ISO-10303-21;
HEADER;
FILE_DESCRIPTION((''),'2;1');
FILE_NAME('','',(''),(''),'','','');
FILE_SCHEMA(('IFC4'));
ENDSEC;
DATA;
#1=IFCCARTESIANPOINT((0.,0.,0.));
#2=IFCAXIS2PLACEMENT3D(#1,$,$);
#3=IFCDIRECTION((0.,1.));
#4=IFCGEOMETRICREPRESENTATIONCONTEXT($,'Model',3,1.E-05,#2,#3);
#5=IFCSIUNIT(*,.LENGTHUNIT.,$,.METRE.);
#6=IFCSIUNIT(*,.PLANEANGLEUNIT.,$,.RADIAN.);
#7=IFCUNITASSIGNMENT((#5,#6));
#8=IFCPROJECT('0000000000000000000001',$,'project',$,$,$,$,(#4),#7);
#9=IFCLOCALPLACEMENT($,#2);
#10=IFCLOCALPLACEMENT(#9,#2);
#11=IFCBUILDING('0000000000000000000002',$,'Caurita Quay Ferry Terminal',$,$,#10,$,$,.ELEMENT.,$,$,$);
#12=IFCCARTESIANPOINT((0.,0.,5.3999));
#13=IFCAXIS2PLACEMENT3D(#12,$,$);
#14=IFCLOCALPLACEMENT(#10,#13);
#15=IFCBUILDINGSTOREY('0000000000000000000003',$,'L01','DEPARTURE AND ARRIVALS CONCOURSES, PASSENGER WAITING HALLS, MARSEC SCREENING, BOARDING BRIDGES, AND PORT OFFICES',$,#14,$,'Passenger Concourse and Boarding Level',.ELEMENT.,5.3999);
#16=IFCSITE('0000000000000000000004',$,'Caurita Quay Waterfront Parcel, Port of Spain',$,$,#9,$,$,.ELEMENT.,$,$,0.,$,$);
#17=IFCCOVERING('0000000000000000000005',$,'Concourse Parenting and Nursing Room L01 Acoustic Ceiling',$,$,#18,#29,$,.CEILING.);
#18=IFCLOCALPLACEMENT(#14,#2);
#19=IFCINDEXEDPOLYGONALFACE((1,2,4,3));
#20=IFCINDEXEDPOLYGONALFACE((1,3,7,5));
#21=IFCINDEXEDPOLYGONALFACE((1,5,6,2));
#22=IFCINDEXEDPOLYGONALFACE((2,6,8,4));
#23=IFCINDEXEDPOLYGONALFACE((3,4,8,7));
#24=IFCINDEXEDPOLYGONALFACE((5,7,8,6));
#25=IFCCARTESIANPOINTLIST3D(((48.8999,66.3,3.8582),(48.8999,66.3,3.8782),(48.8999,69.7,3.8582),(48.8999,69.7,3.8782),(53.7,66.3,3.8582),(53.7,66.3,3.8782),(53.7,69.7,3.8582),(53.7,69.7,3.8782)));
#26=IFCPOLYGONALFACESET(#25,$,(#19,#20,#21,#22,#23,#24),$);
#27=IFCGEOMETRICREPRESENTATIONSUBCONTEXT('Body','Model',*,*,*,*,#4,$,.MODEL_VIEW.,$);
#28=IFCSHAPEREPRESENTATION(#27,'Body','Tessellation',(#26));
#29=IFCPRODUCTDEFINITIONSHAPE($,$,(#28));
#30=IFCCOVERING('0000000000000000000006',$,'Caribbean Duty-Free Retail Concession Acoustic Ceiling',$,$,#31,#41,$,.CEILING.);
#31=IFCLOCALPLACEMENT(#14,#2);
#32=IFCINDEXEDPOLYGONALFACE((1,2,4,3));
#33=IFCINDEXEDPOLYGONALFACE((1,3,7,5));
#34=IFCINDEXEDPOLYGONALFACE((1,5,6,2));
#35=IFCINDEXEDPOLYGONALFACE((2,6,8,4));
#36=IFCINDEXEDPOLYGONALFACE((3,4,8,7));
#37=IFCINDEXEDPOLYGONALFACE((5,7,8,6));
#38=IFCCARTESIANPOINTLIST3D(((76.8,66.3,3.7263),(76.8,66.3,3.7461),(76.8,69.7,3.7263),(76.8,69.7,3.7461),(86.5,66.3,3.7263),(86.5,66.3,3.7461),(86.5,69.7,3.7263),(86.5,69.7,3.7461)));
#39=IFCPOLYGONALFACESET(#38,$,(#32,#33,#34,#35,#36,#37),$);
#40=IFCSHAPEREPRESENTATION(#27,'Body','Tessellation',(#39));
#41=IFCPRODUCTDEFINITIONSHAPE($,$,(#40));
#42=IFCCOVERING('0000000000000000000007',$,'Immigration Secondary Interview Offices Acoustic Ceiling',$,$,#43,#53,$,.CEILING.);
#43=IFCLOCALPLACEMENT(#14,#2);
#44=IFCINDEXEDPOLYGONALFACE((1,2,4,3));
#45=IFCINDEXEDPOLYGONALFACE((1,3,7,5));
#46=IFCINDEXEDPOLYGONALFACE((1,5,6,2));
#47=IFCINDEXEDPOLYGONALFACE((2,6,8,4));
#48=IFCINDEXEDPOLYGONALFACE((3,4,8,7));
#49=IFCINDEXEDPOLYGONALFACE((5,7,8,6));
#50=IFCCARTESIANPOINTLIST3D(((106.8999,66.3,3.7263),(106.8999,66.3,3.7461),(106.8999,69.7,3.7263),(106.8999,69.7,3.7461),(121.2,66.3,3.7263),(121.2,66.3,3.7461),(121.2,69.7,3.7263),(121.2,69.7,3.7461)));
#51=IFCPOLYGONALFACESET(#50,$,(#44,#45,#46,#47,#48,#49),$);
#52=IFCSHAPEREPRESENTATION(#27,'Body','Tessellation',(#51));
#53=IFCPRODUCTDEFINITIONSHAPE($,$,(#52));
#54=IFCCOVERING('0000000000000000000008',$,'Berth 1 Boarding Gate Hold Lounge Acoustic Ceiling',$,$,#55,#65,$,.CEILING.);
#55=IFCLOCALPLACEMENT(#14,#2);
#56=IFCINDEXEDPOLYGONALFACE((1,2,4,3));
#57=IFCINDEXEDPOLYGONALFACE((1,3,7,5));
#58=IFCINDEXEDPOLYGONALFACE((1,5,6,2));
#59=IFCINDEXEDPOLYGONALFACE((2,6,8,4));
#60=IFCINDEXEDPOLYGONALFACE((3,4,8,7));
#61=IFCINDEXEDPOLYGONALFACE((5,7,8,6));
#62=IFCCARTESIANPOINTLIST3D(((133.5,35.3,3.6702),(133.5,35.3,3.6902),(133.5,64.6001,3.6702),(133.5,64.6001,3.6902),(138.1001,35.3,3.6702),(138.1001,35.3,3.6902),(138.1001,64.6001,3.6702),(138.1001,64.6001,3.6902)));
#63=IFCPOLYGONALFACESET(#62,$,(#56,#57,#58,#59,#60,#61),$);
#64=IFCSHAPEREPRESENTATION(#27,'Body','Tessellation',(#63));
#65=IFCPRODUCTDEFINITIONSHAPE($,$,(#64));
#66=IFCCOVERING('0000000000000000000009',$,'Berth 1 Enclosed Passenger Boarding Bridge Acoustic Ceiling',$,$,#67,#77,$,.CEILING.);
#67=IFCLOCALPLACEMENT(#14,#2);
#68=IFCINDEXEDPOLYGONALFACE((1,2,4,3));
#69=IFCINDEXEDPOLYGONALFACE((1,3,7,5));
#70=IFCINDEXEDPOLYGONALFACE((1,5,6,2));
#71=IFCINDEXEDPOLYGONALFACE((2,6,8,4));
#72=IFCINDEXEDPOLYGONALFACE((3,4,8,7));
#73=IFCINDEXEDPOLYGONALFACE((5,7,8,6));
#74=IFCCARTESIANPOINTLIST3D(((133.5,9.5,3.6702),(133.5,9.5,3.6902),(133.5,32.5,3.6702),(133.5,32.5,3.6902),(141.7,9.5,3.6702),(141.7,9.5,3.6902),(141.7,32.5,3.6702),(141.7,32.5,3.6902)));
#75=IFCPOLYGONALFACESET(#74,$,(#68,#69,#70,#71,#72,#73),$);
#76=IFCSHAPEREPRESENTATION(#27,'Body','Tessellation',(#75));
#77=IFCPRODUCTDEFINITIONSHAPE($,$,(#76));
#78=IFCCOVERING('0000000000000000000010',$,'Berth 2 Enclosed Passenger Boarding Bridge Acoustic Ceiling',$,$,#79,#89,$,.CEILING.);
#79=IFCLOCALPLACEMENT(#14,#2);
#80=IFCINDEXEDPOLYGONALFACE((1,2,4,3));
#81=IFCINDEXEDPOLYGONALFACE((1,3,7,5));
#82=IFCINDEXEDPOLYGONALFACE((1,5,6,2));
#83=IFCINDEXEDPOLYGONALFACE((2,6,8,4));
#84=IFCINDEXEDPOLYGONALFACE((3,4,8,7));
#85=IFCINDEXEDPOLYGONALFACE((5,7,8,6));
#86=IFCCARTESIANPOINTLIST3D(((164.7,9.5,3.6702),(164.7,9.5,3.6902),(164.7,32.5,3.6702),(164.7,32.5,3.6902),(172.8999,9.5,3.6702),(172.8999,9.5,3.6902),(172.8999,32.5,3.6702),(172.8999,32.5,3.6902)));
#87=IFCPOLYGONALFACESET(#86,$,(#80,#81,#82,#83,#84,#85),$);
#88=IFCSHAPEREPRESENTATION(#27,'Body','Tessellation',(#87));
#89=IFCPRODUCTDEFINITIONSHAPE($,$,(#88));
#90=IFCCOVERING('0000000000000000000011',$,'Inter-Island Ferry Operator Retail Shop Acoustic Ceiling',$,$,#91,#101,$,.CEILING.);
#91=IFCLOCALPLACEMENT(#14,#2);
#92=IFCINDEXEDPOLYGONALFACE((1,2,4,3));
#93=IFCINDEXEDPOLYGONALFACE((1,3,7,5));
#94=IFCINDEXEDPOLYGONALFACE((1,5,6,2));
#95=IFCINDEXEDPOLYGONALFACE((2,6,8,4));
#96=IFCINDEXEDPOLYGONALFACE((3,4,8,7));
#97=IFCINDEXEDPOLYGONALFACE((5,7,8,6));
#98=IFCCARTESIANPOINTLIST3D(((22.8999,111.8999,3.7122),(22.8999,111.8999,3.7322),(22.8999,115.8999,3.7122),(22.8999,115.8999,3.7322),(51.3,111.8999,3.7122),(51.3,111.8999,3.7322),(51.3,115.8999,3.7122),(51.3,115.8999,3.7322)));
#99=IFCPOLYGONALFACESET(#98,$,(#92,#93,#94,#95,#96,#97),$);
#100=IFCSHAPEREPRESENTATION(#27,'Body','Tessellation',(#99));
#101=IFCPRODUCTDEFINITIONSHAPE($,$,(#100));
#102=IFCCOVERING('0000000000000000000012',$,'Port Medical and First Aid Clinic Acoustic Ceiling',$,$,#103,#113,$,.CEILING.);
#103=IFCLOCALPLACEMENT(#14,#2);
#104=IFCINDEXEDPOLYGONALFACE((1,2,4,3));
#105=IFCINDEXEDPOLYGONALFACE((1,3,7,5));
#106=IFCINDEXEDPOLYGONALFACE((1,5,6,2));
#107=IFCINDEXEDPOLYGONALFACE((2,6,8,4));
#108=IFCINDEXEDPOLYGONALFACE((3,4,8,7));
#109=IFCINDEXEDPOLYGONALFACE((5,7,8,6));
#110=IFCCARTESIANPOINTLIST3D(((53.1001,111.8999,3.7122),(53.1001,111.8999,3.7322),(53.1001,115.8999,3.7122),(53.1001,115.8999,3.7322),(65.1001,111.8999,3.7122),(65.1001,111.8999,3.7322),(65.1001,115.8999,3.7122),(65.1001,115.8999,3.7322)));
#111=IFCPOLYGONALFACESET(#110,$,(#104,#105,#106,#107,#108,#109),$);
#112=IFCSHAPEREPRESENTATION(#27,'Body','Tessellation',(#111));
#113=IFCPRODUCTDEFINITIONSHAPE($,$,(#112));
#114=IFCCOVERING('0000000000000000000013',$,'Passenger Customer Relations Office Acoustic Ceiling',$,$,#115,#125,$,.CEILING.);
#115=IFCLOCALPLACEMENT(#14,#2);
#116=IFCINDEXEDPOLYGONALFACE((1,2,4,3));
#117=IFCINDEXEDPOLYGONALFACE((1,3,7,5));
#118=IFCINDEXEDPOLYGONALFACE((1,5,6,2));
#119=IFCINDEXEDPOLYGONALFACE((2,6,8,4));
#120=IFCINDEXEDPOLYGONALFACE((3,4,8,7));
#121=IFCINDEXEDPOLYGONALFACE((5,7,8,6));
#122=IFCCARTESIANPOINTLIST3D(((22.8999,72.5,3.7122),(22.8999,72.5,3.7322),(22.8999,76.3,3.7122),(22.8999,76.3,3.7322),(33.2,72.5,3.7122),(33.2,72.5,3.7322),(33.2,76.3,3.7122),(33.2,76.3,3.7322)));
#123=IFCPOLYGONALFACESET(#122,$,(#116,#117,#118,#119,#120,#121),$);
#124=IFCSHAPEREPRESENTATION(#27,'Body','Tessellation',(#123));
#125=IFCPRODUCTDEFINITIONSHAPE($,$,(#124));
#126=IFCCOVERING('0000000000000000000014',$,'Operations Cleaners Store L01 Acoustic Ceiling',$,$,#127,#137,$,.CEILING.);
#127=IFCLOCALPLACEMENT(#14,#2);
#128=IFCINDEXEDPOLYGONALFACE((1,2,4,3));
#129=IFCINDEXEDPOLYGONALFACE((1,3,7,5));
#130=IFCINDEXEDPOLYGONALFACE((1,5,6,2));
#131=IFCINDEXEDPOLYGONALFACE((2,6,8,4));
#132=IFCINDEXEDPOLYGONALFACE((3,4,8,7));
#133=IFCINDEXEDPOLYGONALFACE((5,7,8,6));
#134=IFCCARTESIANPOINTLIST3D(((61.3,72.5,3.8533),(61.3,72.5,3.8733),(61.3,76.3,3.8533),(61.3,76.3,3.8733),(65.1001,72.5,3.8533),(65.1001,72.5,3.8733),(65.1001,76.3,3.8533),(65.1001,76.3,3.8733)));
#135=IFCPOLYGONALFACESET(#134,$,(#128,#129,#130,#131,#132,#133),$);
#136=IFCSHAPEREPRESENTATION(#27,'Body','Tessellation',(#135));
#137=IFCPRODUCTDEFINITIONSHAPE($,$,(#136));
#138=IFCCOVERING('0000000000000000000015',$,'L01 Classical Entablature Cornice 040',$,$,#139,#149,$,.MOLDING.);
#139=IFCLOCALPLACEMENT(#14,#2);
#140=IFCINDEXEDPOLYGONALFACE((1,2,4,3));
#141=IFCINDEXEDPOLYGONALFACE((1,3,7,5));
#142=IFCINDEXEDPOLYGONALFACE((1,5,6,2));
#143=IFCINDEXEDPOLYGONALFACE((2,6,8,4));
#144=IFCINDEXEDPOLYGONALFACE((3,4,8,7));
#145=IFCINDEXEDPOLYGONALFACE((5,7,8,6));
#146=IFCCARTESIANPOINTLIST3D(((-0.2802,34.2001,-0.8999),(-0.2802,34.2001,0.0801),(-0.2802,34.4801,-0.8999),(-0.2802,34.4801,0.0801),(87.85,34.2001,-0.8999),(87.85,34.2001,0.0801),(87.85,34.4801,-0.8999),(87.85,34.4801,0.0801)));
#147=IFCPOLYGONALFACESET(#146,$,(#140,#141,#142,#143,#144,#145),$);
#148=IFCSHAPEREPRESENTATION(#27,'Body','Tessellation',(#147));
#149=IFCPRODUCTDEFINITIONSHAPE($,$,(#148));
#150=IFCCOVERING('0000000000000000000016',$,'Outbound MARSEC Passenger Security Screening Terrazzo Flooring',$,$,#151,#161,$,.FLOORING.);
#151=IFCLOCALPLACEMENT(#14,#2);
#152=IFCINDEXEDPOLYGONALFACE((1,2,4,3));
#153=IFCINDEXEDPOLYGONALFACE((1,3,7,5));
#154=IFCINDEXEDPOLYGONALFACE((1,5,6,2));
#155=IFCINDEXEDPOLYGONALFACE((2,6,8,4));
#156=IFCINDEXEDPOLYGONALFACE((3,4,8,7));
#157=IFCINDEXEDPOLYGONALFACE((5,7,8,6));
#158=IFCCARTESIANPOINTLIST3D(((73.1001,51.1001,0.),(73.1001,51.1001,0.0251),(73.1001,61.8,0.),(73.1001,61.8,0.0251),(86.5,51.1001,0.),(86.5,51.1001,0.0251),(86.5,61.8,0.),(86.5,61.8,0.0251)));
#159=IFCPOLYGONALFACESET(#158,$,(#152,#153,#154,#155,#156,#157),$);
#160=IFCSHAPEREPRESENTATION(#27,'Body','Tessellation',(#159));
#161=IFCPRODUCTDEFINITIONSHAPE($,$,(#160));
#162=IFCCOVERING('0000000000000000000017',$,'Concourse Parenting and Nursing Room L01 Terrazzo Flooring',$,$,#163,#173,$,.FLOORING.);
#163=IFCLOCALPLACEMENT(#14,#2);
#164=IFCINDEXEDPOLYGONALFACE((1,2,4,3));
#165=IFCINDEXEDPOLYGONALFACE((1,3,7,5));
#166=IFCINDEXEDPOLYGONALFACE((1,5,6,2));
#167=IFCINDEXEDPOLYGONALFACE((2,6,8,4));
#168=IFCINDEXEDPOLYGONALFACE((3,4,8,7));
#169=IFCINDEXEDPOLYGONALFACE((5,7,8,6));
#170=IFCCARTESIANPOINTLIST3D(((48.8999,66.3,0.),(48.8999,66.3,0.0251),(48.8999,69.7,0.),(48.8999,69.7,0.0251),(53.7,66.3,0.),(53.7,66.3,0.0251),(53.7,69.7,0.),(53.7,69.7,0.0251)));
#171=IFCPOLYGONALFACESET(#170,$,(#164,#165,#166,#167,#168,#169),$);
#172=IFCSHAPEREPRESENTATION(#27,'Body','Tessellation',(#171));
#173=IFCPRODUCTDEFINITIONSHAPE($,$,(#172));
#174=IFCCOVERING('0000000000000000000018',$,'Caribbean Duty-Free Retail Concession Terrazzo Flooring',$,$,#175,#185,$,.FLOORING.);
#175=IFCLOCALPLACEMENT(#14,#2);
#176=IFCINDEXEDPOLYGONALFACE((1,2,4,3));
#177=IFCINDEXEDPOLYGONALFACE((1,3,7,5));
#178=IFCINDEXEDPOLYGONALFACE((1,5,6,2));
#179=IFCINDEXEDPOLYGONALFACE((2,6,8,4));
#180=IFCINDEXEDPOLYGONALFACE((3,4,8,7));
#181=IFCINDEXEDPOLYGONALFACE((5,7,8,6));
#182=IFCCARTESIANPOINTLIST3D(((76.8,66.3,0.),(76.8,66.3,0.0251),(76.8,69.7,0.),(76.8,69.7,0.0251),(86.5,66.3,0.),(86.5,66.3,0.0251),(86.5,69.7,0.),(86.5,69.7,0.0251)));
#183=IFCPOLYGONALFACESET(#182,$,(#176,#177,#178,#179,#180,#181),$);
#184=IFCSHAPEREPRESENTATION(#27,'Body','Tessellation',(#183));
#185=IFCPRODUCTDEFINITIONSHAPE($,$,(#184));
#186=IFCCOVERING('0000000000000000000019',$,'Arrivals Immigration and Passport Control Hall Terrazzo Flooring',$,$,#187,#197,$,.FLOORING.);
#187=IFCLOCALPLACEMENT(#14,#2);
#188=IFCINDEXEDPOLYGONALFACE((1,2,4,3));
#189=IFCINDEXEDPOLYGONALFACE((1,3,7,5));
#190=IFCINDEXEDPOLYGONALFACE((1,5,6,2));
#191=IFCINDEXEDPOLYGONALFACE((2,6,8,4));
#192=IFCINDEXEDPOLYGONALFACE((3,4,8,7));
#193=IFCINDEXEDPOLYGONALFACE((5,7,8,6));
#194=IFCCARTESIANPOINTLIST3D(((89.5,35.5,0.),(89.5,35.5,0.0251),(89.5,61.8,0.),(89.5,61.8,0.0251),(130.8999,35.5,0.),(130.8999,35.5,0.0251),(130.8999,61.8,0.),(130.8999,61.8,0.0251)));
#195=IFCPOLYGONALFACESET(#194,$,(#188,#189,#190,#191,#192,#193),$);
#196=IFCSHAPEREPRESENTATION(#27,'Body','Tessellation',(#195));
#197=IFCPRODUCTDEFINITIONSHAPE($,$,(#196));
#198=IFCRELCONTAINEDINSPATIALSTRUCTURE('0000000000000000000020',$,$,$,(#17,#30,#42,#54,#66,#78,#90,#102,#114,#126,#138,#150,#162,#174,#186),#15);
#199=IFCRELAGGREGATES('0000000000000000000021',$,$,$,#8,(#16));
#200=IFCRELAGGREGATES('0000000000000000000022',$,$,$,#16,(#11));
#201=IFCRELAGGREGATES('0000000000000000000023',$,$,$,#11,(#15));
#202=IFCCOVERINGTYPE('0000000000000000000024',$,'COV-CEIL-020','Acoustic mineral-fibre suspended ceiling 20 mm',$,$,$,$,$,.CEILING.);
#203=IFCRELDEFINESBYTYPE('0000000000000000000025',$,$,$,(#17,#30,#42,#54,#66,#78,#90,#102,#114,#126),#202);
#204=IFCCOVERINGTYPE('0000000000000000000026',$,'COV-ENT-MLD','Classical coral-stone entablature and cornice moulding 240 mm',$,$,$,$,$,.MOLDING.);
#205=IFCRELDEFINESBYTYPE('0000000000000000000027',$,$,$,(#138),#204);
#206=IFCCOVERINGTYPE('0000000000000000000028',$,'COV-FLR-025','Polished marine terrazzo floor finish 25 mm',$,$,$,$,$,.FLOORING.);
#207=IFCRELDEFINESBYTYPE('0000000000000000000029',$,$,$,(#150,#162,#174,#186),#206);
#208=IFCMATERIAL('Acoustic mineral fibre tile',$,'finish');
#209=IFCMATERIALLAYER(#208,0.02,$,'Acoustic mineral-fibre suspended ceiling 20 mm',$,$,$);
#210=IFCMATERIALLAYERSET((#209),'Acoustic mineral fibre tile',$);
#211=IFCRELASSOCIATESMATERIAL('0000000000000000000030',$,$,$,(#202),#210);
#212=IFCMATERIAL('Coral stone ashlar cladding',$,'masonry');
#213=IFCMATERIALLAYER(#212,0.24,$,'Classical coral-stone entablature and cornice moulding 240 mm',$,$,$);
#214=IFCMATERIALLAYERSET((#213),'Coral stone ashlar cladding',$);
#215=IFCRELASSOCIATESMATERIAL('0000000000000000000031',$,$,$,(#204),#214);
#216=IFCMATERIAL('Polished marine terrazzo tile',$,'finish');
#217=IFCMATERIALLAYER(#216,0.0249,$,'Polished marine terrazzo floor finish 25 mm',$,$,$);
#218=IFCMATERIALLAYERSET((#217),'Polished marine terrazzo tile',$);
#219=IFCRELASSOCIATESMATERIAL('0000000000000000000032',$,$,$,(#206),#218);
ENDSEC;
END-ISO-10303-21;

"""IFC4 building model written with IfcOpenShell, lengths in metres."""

from ifc_helpers import new_model, si_unit, direction, frame, frame_2d, origin, place, context, subcontext, project, spatial, polyline, rectangle, outline, extrude, material, layer, layer_set, type_object, element, save


model = new_model("IFC4")

# Units and contexts
model_context = context("Model", 3, precision=1e-05, world=origin(), true_north=direction((0.0, 1.0)))
body_context = subcontext(model_context, "Body", "Model", "MODEL_VIEW")
ifc_project = project(units=[si_unit("LENGTHUNIT", "METRE"), si_unit("PLANEANGLEUNIT", "RADIAN")], contexts=[model_context])

# Site, building, storey
site_placement = place(None, origin())
site = spatial("IfcSite", under=ifc_project, at=site_placement, Name="Caurita Quay Waterfront Parcel, Port of Spain", CompositionType="ELEMENT", RefElevation=0.0)
building_placement = place(site_placement, origin())
building = spatial("IfcBuilding", under=site, at=building_placement, Name="Caurita Quay Ferry Terminal", CompositionType="ELEMENT")
storey_placement = place(building_placement, frame((0.0, 0.0, 5.3999)))
storey = spatial("IfcBuildingStorey", under=building, at=storey_placement, Name="L01", Description="DEPARTURE AND ARRIVALS CONCOURSES, PASSENGER WAITING HALLS, MARSEC SCREENING, BOARDING BRIDGES, AND PORT OFFICES", LongName="Passenger Concourse and Boarding Level", CompositionType="ELEMENT", Elevation=5.3999)

# Coverings
ifc_material_1 = material(Name="Acoustic mineral fibre tile", Category="finish")
ifc_layer_1 = layer(ifc_material_1, 0.02, Name="Acoustic mineral-fibre suspended ceiling 20 mm")
ifc_layer_set_1 = layer_set([ifc_layer_1], Name="Acoustic mineral fibre tile")
covering_type_1 = type_object("IfcCoveringType", Name="COV-CEIL-020", Description="Acoustic mineral-fibre suspended ceiling 20 mm", PredefinedType="CEILING", material=ifc_layer_set_1)
covering_1_placement = place(storey_placement, frame((0.0, 0.0, 3.8582)))
element("IfcCovering", 1, at=covering_1_placement, inside=storey, type_object=covering_type_1, Name="Concourse Parenting and Nursing Room L01 Acoustic Ceiling", PredefinedType="CEILING", context=body_context, shape_type="SweptSolid", body=[
    extrude(outline(polyline([(48.8999, 66.3), (53.7, 66.3), (53.7, 69.7), (48.8999, 69.7), (48.8999, 66.3)])), origin(), (0.0, 0.0, 1.0), 0.02),
])
covering_2_placement = place(storey_placement, frame((0.0, 0.0, 3.7263)))
element("IfcCovering", 2, at=covering_2_placement, inside=storey, type_object=covering_type_1, Name="Caribbean Duty-Free Retail Concession Acoustic Ceiling", PredefinedType="CEILING", context=body_context, shape_type="SweptSolid", body=[
    extrude(outline(polyline([(76.8, 66.3), (86.5, 66.3), (86.5, 69.7), (76.8, 69.7), (76.8, 66.3)])), origin(), (0.0, 0.0, 1.0), 0.0198),
])
covering_3_placement = place(storey_placement, frame((0.0, 0.0, 3.7263)))
element("IfcCovering", 3, at=covering_3_placement, inside=storey, type_object=covering_type_1, Name="Immigration Secondary Interview Offices Acoustic Ceiling", PredefinedType="CEILING", context=body_context, shape_type="SweptSolid", body=[
    extrude(outline(polyline([(106.8999, 66.3), (121.2, 66.3), (121.2, 69.7), (106.8999, 69.7), (106.8999, 66.3)])), origin(), (0.0, 0.0, 1.0), 0.0198),
])
covering_4_placement = place(storey_placement, frame((0.0, 0.0, 3.6702)))
element("IfcCovering", 4, at=covering_4_placement, inside=storey, type_object=covering_type_1, Name="Berth 1 Boarding Gate Hold Lounge Acoustic Ceiling", PredefinedType="CEILING", context=body_context, shape_type="SweptSolid", body=[
    extrude(outline(polyline([(133.5, 35.3), (138.1001, 35.3), (138.1001, 64.6001), (133.5, 64.6001), (133.5, 35.3)])), origin(), (0.0, 0.0, 1.0), 0.02),
])
covering_5_placement = place(storey_placement, frame((0.0, 0.0, 3.6702)))
element("IfcCovering", 5, at=covering_5_placement, inside=storey, type_object=covering_type_1, Name="Berth 1 Enclosed Passenger Boarding Bridge Acoustic Ceiling", PredefinedType="CEILING", context=body_context, shape_type="SweptSolid", body=[
    extrude(outline(polyline([(133.5, 9.5), (141.7, 9.5), (141.7, 32.5), (133.5, 32.5), (133.5, 9.5)])), origin(), (0.0, 0.0, 1.0), 0.02),
])
covering_6_placement = place(storey_placement, frame((0.0, 0.0, 3.6702)))
element("IfcCovering", 6, at=covering_6_placement, inside=storey, type_object=covering_type_1, Name="Berth 2 Enclosed Passenger Boarding Bridge Acoustic Ceiling", PredefinedType="CEILING", context=body_context, shape_type="SweptSolid", body=[
    extrude(outline(polyline([(164.7, 9.5), (172.8999, 9.5), (172.8999, 32.5), (164.7, 32.5), (164.7, 9.5)])), origin(), (0.0, 0.0, 1.0), 0.02),
])
covering_7_placement = place(storey_placement, frame((0.0, 0.0, 3.7122)))
element("IfcCovering", 7, at=covering_7_placement, inside=storey, type_object=covering_type_1, Name="Inter-Island Ferry Operator Retail Shop Acoustic Ceiling", PredefinedType="CEILING", context=body_context, shape_type="SweptSolid", body=[
    extrude(outline(polyline([(22.8999, 111.8999), (51.3, 111.8999), (51.3, 115.8999), (22.8999, 115.8999), (22.8999, 111.8999)])), origin(), (0.0, 0.0, 1.0), 0.02),
])
covering_8_placement = place(storey_placement, frame((0.0, 0.0, 3.7122)))
element("IfcCovering", 8, at=covering_8_placement, inside=storey, type_object=covering_type_1, Name="Port Medical and First Aid Clinic Acoustic Ceiling", PredefinedType="CEILING", context=body_context, shape_type="SweptSolid", body=[
    extrude(outline(polyline([(53.1001, 111.8999), (65.1001, 111.8999), (65.1001, 115.8999), (53.1001, 115.8999), (53.1001, 111.8999)])), origin(), (0.0, 0.0, 1.0), 0.02),
])
covering_9_placement = place(storey_placement, frame((0.0, 0.0, 3.7122)))
element("IfcCovering", 9, at=covering_9_placement, inside=storey, type_object=covering_type_1, Name="Passenger Customer Relations Office Acoustic Ceiling", PredefinedType="CEILING", context=body_context, shape_type="SweptSolid", body=[
    extrude(outline(polyline([(22.8999, 72.5), (33.2, 72.5), (33.2, 76.3), (22.8999, 76.3), (22.8999, 72.5)])), origin(), (0.0, 0.0, 1.0), 0.02),
])
covering_10_placement = place(storey_placement, frame((0.0, 0.0, 3.8533)))
element("IfcCovering", 10, at=covering_10_placement, inside=storey, type_object=covering_type_1, Name="Operations Cleaners Store L01 Acoustic Ceiling", PredefinedType="CEILING", context=body_context, shape_type="SweptSolid", body=[
    extrude(outline(polyline([(61.3, 72.5), (65.1001, 72.5), (65.1001, 76.3), (61.3, 76.3), (61.3, 72.5)])), origin(), (0.0, 0.0, 1.0), 0.02),
])
ifc_material_2 = material(Name="Coral stone ashlar cladding", Category="masonry")
ifc_layer_2 = layer(ifc_material_2, 0.24, Name="Classical coral-stone entablature and cornice moulding 240 mm")
ifc_layer_set_2 = layer_set([ifc_layer_2], Name="Coral stone ashlar cladding")
covering_type_2 = type_object("IfcCoveringType", Name="COV-ENT-MLD", Description="Classical coral-stone entablature and cornice moulding 240 mm", PredefinedType="MOLDING", material=ifc_layer_set_2)
covering_11_placement = place(storey_placement, frame((-0.28, 34.3401, -0.8999), z_axis=(0.0, 0.0, 1.0), x_axis=(1.0, 0.0, 0.0)))
element("IfcCovering", 11, at=covering_11_placement, inside=storey, type_object=covering_type_2, Name="L01 Classical Entablature Cornice 040", PredefinedType="MOLDING", context=body_context, shape_type="SweptSolid", body=[
    extrude(rectangle(XDim=88.1301, YDim=0.28, at=frame_2d((44.0649, 0.0))), origin(), (0.0, 0.0, 1.0), 0.98),
])
ifc_material_3 = material(Name="Polished marine terrazzo tile", Category="finish")
ifc_layer_3 = layer(ifc_material_3, 0.0249, Name="Polished marine terrazzo floor finish 25 mm")
ifc_layer_set_3 = layer_set([ifc_layer_3], Name="Polished marine terrazzo tile")
covering_type_3 = type_object("IfcCoveringType", Name="COV-FLR-025", Description="Polished marine terrazzo floor finish 25 mm", PredefinedType="FLOORING", material=ifc_layer_set_3)
covering_12_placement = place(storey_placement, origin())
element("IfcCovering", 12, at=covering_12_placement, inside=storey, type_object=covering_type_3, Name="Outbound MARSEC Passenger Security Screening Terrazzo Flooring", PredefinedType="FLOORING", context=body_context, shape_type="SweptSolid", body=[
    extrude(outline(polyline([(73.1001, 51.1001), (86.5, 51.1001), (86.5, 61.8), (73.1001, 61.8), (73.1001, 51.1001)])), origin(), (0.0, 0.0, 1.0), 0.0251),
])
covering_13_placement = place(storey_placement, origin())
element("IfcCovering", 13, at=covering_13_placement, inside=storey, type_object=covering_type_3, Name="Concourse Parenting and Nursing Room L01 Terrazzo Flooring", PredefinedType="FLOORING", context=body_context, shape_type="SweptSolid", body=[
    extrude(outline(polyline([(48.8999, 66.3), (53.7, 66.3), (53.7, 69.7), (48.8999, 69.7), (48.8999, 66.3)])), origin(), (0.0, 0.0, 1.0), 0.0251),
])
covering_14_placement = place(storey_placement, origin())
element("IfcCovering", 14, at=covering_14_placement, inside=storey, type_object=covering_type_3, Name="Caribbean Duty-Free Retail Concession Terrazzo Flooring", PredefinedType="FLOORING", context=body_context, shape_type="SweptSolid", body=[
    extrude(outline(polyline([(76.8, 66.3), (86.5, 66.3), (86.5, 69.7), (76.8, 69.7), (76.8, 66.3)])), origin(), (0.0, 0.0, 1.0), 0.0251),
])
covering_15_placement = place(storey_placement, origin())
element("IfcCovering", 15, at=covering_15_placement, inside=storey, type_object=covering_type_3, Name="Arrivals Immigration and Passport Control Hall Terrazzo Flooring", PredefinedType="FLOORING", context=body_context, shape_type="SweptSolid", body=[
    extrude(outline(polyline([(89.5, 35.5), (130.8999, 35.5), (130.8999, 61.8), (89.5, 61.8), (89.5, 35.5)])), origin(), (0.0, 0.0, 1.0), 0.0251),
])

save(model, "model.ifc")
